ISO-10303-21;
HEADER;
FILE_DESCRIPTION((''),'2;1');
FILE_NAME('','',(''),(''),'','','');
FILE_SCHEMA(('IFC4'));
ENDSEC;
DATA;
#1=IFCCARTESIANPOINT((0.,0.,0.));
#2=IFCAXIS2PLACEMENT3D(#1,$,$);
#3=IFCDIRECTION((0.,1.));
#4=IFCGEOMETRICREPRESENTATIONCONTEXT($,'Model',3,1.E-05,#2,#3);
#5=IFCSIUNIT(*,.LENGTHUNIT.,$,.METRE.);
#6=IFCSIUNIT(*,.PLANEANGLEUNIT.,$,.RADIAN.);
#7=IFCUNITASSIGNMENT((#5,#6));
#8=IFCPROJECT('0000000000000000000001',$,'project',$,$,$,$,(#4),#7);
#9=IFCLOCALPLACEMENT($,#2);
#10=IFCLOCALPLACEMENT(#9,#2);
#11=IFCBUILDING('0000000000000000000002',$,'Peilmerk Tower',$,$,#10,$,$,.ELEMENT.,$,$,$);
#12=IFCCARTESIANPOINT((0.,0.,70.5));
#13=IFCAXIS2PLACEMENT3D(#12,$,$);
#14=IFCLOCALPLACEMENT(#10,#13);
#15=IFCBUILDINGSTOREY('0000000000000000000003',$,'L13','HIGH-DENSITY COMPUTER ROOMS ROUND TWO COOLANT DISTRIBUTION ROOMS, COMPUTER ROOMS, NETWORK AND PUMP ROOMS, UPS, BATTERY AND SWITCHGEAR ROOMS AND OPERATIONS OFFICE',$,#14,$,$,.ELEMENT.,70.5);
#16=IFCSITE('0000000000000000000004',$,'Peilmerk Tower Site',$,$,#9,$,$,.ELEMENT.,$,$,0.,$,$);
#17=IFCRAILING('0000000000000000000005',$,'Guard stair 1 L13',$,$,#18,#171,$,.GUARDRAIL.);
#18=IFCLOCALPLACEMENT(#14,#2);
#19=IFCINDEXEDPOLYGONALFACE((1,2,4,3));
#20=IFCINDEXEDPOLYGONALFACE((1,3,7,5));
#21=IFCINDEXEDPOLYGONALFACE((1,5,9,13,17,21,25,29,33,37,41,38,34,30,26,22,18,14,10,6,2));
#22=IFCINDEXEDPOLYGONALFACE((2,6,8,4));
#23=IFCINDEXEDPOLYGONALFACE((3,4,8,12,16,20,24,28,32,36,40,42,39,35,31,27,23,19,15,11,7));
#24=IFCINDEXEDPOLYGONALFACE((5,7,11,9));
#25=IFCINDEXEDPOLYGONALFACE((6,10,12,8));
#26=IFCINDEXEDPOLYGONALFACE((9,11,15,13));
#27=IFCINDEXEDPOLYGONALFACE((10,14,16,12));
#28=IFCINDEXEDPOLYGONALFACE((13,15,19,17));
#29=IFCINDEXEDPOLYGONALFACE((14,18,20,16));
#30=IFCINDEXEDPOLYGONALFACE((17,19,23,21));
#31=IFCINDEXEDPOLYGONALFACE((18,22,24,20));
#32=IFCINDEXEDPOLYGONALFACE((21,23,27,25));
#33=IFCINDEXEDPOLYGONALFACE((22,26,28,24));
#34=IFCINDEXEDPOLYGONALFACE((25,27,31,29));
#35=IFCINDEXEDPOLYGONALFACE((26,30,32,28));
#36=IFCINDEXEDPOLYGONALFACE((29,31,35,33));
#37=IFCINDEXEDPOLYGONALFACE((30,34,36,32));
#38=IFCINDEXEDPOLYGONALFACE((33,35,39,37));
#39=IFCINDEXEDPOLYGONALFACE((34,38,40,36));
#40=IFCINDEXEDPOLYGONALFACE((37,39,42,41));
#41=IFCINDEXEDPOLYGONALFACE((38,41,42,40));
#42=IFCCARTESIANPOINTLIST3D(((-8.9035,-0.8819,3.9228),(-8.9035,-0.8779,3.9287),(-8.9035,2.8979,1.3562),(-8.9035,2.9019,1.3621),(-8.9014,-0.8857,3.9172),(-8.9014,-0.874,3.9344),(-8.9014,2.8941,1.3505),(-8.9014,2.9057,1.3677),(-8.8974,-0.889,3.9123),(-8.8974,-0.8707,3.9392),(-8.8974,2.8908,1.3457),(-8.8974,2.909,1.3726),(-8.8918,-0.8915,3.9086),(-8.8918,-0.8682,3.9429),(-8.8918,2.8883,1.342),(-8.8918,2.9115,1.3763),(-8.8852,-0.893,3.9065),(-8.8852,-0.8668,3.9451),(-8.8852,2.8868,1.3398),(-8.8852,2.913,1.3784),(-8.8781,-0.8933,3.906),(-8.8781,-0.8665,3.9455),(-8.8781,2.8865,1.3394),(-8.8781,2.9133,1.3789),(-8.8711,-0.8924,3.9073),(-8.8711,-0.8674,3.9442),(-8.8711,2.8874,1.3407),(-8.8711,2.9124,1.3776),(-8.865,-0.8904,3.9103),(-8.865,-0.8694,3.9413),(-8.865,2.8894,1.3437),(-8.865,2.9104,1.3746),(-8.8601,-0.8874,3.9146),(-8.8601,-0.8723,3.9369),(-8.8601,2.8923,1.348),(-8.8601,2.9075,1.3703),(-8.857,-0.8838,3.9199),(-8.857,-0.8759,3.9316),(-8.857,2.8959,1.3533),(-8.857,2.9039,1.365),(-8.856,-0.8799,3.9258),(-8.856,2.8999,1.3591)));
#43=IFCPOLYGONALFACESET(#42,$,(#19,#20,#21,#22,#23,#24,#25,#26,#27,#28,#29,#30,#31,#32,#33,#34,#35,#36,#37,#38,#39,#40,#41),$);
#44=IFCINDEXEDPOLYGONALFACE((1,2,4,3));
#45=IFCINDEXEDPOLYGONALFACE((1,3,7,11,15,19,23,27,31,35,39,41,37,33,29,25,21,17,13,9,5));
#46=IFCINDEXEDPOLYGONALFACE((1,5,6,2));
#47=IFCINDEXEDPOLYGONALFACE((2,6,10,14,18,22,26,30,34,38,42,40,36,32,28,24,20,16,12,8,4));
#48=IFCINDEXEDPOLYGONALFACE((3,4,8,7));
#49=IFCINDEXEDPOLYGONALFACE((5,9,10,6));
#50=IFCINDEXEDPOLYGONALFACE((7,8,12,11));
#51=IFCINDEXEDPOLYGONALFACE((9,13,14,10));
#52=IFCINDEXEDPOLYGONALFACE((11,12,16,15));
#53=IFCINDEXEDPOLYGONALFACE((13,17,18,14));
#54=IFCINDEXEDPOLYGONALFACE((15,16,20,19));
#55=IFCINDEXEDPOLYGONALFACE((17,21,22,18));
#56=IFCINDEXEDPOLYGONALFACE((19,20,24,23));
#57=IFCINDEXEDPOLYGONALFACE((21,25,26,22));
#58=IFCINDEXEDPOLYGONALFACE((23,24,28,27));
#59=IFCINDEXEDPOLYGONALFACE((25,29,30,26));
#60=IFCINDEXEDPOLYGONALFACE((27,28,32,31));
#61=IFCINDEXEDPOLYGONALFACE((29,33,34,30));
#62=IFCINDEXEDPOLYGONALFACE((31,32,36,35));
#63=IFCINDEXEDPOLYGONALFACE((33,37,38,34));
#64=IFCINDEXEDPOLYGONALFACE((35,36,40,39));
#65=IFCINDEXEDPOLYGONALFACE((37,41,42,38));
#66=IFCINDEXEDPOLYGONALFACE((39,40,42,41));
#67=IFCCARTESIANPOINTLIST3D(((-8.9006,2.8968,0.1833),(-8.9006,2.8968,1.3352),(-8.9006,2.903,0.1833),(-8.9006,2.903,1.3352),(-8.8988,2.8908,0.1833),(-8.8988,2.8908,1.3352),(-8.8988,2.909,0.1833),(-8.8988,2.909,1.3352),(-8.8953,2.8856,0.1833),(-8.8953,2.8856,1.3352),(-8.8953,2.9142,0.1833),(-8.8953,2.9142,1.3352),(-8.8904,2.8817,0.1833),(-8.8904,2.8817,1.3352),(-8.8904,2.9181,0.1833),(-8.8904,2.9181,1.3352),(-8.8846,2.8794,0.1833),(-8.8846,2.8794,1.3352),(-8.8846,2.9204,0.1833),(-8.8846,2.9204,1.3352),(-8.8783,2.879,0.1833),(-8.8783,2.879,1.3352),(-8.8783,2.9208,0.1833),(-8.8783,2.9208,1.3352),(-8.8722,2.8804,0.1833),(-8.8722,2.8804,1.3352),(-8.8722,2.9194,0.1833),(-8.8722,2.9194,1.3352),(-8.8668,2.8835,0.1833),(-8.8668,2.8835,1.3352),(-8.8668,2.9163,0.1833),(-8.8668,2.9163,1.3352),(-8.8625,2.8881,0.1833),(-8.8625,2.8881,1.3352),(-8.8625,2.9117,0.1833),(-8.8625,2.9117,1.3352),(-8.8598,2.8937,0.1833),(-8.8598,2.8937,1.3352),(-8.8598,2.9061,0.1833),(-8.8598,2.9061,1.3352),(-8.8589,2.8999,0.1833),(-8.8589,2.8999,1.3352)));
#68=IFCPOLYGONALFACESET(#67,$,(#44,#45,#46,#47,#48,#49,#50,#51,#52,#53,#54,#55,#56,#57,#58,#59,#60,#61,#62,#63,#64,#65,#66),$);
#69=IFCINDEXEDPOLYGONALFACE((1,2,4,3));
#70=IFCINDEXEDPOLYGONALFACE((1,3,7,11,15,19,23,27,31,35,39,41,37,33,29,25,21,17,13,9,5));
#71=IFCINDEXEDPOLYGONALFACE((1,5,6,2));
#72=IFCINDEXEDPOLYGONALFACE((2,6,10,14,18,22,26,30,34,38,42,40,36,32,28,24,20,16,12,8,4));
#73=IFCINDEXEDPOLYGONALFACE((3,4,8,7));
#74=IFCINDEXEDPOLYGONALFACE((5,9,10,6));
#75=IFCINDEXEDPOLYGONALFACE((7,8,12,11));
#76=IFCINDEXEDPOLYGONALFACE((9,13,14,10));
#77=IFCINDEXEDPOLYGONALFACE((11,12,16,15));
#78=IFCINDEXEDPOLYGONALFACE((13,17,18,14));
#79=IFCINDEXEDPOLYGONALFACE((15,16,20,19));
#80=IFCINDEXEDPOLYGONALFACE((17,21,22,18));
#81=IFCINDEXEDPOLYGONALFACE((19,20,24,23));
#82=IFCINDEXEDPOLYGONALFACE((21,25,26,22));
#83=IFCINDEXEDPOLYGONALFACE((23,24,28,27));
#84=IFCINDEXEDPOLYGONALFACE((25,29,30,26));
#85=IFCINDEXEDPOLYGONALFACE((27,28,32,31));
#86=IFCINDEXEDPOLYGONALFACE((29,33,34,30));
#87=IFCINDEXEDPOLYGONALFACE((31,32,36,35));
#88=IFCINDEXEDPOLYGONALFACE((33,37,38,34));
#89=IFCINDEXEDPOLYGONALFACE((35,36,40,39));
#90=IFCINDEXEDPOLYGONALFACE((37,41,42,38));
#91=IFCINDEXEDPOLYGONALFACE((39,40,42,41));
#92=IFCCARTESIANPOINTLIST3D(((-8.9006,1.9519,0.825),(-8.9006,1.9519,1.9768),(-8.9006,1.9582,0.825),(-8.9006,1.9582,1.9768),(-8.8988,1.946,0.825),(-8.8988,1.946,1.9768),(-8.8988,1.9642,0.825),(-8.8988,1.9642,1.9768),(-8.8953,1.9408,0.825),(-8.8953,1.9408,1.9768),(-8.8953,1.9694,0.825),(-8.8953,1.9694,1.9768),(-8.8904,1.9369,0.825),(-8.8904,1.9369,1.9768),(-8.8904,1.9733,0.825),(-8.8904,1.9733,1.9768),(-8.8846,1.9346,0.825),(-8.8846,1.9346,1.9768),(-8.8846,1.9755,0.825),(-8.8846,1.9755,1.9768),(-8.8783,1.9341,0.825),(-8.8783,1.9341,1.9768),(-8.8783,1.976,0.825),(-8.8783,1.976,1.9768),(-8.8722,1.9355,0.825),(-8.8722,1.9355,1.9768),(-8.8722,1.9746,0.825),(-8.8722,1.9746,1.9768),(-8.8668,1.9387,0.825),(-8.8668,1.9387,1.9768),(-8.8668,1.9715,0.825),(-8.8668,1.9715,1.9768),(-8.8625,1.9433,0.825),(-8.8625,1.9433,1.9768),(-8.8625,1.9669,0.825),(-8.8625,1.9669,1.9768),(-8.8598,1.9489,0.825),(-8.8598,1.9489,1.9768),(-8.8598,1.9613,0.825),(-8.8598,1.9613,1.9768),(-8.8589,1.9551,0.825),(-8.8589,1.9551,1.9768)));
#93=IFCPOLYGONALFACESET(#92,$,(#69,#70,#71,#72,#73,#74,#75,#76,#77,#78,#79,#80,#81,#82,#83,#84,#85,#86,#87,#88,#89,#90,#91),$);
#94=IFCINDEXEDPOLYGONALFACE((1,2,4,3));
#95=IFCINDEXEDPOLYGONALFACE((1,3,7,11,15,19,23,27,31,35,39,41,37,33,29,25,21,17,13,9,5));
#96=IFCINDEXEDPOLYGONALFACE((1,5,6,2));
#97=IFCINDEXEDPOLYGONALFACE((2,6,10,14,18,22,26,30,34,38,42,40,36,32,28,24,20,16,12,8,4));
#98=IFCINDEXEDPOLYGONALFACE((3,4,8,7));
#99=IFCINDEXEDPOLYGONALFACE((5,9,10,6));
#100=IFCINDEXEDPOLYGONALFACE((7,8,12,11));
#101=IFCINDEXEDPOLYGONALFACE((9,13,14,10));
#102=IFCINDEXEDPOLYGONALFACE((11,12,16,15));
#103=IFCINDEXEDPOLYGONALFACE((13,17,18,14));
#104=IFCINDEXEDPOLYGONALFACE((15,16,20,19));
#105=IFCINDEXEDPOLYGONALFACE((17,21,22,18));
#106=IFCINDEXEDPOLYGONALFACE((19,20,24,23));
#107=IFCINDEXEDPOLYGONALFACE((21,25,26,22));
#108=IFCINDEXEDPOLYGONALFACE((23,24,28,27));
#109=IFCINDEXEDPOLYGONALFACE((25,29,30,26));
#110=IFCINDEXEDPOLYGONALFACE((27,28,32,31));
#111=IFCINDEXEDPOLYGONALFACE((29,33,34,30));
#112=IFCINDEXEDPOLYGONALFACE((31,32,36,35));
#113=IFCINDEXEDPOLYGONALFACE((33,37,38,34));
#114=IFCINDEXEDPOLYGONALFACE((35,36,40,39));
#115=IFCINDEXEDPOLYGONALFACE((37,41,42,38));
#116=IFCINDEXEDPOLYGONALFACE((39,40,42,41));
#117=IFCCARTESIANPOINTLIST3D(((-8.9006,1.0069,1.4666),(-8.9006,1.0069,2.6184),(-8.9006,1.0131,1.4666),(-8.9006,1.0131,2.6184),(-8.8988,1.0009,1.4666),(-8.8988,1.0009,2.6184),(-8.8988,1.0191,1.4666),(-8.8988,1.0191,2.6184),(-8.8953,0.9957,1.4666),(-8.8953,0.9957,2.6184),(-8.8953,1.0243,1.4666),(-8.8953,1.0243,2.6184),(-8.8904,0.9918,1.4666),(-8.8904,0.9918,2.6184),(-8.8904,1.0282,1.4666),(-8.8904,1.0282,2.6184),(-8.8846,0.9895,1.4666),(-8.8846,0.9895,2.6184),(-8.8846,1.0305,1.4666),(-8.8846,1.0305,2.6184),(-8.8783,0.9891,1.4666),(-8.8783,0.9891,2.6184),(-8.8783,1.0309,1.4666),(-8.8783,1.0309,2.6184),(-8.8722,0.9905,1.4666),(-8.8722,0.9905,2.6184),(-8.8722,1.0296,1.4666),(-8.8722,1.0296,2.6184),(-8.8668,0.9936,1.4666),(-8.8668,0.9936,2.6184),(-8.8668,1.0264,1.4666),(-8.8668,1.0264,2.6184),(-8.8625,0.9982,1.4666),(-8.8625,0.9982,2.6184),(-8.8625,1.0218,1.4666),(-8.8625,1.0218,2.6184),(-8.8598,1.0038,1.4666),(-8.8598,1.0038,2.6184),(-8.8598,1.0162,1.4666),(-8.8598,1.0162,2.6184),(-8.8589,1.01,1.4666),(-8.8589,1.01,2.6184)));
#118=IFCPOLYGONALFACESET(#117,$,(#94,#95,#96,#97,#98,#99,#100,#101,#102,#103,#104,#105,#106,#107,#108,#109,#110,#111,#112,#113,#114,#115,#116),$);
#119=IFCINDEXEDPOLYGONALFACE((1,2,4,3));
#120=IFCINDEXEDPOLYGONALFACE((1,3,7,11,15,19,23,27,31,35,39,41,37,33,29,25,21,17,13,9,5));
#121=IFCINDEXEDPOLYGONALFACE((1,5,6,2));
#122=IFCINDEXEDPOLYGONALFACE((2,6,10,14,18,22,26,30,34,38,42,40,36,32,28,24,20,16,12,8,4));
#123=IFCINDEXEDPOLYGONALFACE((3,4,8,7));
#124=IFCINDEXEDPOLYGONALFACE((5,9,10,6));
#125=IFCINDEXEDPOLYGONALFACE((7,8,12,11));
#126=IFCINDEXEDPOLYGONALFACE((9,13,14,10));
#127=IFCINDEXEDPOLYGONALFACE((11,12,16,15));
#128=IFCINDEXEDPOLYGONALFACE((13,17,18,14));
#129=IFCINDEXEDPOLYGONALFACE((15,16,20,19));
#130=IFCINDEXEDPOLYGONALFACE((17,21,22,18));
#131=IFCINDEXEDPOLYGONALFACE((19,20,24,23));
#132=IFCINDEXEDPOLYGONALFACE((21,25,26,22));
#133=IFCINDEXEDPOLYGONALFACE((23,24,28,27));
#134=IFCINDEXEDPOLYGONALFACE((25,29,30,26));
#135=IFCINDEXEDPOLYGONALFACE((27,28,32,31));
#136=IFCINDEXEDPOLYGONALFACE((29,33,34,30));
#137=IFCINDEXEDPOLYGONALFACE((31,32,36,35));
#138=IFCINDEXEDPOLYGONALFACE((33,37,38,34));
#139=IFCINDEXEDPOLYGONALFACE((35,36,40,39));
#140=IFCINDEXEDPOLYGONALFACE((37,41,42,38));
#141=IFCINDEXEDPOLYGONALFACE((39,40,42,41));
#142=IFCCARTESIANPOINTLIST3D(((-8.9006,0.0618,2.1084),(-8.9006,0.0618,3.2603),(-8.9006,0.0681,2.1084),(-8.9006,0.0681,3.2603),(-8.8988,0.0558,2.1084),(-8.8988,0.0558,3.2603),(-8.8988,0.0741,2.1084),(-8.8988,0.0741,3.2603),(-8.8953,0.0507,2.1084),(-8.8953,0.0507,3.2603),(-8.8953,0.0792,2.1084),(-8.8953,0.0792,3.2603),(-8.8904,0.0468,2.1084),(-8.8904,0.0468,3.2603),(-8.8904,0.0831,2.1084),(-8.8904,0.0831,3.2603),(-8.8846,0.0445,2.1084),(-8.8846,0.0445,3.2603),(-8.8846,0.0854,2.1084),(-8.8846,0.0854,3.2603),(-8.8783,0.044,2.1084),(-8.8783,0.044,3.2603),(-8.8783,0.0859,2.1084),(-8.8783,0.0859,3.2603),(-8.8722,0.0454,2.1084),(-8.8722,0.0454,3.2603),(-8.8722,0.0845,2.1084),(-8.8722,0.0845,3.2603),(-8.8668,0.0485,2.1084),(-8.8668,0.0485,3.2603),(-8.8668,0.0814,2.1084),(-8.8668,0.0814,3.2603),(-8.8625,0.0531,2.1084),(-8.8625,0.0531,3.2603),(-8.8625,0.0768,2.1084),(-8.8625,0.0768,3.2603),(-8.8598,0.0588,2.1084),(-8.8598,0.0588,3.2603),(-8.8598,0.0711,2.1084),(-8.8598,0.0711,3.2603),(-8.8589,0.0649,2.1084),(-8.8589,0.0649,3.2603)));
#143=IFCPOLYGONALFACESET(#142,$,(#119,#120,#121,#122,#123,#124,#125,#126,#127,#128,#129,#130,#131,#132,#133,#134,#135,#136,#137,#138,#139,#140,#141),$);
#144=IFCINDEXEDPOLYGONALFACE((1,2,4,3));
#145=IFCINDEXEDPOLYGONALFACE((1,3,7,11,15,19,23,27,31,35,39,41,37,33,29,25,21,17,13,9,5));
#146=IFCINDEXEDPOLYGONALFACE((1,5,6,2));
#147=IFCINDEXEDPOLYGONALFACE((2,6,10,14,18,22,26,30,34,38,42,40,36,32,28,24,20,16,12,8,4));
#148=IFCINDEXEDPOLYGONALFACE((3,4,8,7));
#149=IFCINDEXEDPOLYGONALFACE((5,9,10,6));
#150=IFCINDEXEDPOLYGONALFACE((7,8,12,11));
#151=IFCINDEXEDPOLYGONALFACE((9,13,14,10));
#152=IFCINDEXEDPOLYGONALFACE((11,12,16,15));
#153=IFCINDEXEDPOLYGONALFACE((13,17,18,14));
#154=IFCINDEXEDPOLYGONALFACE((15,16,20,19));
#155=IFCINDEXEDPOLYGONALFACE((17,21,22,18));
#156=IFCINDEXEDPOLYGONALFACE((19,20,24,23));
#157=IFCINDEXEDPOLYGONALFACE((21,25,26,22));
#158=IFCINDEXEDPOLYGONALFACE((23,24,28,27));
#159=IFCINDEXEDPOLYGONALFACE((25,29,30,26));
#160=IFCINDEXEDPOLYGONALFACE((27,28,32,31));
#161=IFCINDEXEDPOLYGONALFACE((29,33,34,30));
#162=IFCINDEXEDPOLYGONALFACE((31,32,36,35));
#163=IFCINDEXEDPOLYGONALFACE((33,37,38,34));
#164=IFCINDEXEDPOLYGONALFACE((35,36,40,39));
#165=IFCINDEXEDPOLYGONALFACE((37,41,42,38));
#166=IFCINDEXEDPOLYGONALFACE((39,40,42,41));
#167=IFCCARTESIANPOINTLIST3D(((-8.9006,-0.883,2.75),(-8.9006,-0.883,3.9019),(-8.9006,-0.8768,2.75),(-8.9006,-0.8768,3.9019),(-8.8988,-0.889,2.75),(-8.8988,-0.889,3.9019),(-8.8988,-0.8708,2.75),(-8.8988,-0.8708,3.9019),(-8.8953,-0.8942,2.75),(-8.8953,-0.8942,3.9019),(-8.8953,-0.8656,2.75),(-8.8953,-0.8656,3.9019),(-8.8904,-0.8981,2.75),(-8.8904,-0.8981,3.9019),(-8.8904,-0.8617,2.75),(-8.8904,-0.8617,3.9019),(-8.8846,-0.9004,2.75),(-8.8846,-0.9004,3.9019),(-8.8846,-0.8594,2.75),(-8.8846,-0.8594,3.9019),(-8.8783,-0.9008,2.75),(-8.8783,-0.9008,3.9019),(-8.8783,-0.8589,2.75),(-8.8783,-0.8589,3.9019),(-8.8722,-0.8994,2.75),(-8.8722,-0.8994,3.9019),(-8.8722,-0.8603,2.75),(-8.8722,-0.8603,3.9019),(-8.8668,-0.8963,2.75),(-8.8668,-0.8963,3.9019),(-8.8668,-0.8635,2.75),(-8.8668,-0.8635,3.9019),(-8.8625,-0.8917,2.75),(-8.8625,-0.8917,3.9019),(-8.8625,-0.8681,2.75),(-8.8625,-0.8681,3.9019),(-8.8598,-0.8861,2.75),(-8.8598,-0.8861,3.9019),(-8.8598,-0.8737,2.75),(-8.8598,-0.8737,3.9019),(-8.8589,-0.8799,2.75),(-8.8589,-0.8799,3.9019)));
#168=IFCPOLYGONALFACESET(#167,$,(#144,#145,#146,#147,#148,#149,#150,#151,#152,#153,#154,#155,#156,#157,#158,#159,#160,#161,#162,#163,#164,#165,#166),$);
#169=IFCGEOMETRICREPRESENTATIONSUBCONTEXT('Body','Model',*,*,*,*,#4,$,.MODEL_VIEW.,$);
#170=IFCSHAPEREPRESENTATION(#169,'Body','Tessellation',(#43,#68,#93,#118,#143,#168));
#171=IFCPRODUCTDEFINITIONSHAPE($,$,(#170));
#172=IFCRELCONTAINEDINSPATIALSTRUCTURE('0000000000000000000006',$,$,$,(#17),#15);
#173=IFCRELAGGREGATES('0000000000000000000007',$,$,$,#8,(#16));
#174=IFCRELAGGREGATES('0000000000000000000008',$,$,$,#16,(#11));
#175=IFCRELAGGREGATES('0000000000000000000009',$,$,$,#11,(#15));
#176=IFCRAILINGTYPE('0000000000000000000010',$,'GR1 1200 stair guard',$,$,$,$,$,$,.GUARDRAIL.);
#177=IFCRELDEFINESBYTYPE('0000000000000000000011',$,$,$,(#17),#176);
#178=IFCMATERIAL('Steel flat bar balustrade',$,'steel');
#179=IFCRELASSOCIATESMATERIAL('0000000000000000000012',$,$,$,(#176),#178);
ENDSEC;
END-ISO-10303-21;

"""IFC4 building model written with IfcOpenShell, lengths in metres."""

from ifc_helpers import new_model, si_unit, direction, frame, origin, origin_2d, place, context, subcontext, project, spatial, circle, extrude, material, type_object, element, save


model = new_model("IFC4")

# Units and contexts
model_context = context("Model", 3, precision=1e-05, world=origin(), true_north=direction((0.0, 1.0)))
body_context = subcontext(model_context, "Body", "Model", "MODEL_VIEW")
ifc_project = project(units=[si_unit("LENGTHUNIT", "METRE"), si_unit("PLANEANGLEUNIT", "RADIAN")], contexts=[model_context])

# Site, building, storey
site_placement = place(None, origin())
site = spatial("IfcSite", under=ifc_project, at=site_placement, Name="Peilmerk Tower Site", CompositionType="ELEMENT", RefElevation=0.0)
building_placement = place(site_placement, origin())
building = spatial("IfcBuilding", under=site, at=building_placement, Name="Peilmerk Tower", CompositionType="ELEMENT")
storey_placement = place(building_placement, frame((0.0, 0.0, 70.5)))
storey = spatial("IfcBuildingStorey", under=building, at=storey_placement, Name="L13", Description="HIGH-DENSITY COMPUTER ROOMS ROUND TWO COOLANT DISTRIBUTION ROOMS, COMPUTER ROOMS, NETWORK AND PUMP ROOMS, UPS, BATTERY AND SWITCHGEAR ROOMS AND OPERATIONS OFFICE", CompositionType="ELEMENT", Elevation=70.5)

# Railing
ifc_material_1 = material(Name="Steel flat bar balustrade", Category="steel")
railing_type_1 = type_object("IfcRailingType", Name="GR1 1200 stair guard", PredefinedType="GUARDRAIL", material=ifc_material_1)
railing_1_placement = place(storey_placement, frame((-8.8799, 2.8999, 0.1833)))
element("IfcRailing", 1, at=railing_1_placement, inside=storey, type_object=railing_type_1, Name="Guard stair 1 L13", PredefinedType="GUARDRAIL", context=body_context, shape_type="SweptSolid", body=[
    extrude(circle(Radius=0.0239, at=origin_2d()), frame((0.0, 0.0, 1.1758), z_axis=(0.0, -0.827293, 0.561771), x_axis=(1.0, 0.0, 0.0)), (0.0, 0.0, 1.0), 4.5688),
    extrude(circle(Radius=0.021, at=origin_2d()), origin(), (0.0, 0.0, 1.0), 1.1519),
    extrude(circle(Radius=0.021, at=origin_2d()), frame((0.0, -0.9448, 0.6416)), (0.0, 0.0, 1.0), 1.1519),
    extrude(circle(Radius=0.021, at=origin_2d()), frame((0.0, -1.8899, 1.2832)), (0.0, 0.0, 1.0), 1.1519),
    extrude(circle(Radius=0.021, at=origin_2d()), frame((0.0, -2.835, 1.925)), (0.0, 0.0, 1.0), 1.1519),
    extrude(circle(Radius=0.021, at=origin_2d()), frame((0.0, -3.7798, 2.5667)), (0.0, 0.0, 1.0), 1.1519),
])

save(model, "model.ifc")
